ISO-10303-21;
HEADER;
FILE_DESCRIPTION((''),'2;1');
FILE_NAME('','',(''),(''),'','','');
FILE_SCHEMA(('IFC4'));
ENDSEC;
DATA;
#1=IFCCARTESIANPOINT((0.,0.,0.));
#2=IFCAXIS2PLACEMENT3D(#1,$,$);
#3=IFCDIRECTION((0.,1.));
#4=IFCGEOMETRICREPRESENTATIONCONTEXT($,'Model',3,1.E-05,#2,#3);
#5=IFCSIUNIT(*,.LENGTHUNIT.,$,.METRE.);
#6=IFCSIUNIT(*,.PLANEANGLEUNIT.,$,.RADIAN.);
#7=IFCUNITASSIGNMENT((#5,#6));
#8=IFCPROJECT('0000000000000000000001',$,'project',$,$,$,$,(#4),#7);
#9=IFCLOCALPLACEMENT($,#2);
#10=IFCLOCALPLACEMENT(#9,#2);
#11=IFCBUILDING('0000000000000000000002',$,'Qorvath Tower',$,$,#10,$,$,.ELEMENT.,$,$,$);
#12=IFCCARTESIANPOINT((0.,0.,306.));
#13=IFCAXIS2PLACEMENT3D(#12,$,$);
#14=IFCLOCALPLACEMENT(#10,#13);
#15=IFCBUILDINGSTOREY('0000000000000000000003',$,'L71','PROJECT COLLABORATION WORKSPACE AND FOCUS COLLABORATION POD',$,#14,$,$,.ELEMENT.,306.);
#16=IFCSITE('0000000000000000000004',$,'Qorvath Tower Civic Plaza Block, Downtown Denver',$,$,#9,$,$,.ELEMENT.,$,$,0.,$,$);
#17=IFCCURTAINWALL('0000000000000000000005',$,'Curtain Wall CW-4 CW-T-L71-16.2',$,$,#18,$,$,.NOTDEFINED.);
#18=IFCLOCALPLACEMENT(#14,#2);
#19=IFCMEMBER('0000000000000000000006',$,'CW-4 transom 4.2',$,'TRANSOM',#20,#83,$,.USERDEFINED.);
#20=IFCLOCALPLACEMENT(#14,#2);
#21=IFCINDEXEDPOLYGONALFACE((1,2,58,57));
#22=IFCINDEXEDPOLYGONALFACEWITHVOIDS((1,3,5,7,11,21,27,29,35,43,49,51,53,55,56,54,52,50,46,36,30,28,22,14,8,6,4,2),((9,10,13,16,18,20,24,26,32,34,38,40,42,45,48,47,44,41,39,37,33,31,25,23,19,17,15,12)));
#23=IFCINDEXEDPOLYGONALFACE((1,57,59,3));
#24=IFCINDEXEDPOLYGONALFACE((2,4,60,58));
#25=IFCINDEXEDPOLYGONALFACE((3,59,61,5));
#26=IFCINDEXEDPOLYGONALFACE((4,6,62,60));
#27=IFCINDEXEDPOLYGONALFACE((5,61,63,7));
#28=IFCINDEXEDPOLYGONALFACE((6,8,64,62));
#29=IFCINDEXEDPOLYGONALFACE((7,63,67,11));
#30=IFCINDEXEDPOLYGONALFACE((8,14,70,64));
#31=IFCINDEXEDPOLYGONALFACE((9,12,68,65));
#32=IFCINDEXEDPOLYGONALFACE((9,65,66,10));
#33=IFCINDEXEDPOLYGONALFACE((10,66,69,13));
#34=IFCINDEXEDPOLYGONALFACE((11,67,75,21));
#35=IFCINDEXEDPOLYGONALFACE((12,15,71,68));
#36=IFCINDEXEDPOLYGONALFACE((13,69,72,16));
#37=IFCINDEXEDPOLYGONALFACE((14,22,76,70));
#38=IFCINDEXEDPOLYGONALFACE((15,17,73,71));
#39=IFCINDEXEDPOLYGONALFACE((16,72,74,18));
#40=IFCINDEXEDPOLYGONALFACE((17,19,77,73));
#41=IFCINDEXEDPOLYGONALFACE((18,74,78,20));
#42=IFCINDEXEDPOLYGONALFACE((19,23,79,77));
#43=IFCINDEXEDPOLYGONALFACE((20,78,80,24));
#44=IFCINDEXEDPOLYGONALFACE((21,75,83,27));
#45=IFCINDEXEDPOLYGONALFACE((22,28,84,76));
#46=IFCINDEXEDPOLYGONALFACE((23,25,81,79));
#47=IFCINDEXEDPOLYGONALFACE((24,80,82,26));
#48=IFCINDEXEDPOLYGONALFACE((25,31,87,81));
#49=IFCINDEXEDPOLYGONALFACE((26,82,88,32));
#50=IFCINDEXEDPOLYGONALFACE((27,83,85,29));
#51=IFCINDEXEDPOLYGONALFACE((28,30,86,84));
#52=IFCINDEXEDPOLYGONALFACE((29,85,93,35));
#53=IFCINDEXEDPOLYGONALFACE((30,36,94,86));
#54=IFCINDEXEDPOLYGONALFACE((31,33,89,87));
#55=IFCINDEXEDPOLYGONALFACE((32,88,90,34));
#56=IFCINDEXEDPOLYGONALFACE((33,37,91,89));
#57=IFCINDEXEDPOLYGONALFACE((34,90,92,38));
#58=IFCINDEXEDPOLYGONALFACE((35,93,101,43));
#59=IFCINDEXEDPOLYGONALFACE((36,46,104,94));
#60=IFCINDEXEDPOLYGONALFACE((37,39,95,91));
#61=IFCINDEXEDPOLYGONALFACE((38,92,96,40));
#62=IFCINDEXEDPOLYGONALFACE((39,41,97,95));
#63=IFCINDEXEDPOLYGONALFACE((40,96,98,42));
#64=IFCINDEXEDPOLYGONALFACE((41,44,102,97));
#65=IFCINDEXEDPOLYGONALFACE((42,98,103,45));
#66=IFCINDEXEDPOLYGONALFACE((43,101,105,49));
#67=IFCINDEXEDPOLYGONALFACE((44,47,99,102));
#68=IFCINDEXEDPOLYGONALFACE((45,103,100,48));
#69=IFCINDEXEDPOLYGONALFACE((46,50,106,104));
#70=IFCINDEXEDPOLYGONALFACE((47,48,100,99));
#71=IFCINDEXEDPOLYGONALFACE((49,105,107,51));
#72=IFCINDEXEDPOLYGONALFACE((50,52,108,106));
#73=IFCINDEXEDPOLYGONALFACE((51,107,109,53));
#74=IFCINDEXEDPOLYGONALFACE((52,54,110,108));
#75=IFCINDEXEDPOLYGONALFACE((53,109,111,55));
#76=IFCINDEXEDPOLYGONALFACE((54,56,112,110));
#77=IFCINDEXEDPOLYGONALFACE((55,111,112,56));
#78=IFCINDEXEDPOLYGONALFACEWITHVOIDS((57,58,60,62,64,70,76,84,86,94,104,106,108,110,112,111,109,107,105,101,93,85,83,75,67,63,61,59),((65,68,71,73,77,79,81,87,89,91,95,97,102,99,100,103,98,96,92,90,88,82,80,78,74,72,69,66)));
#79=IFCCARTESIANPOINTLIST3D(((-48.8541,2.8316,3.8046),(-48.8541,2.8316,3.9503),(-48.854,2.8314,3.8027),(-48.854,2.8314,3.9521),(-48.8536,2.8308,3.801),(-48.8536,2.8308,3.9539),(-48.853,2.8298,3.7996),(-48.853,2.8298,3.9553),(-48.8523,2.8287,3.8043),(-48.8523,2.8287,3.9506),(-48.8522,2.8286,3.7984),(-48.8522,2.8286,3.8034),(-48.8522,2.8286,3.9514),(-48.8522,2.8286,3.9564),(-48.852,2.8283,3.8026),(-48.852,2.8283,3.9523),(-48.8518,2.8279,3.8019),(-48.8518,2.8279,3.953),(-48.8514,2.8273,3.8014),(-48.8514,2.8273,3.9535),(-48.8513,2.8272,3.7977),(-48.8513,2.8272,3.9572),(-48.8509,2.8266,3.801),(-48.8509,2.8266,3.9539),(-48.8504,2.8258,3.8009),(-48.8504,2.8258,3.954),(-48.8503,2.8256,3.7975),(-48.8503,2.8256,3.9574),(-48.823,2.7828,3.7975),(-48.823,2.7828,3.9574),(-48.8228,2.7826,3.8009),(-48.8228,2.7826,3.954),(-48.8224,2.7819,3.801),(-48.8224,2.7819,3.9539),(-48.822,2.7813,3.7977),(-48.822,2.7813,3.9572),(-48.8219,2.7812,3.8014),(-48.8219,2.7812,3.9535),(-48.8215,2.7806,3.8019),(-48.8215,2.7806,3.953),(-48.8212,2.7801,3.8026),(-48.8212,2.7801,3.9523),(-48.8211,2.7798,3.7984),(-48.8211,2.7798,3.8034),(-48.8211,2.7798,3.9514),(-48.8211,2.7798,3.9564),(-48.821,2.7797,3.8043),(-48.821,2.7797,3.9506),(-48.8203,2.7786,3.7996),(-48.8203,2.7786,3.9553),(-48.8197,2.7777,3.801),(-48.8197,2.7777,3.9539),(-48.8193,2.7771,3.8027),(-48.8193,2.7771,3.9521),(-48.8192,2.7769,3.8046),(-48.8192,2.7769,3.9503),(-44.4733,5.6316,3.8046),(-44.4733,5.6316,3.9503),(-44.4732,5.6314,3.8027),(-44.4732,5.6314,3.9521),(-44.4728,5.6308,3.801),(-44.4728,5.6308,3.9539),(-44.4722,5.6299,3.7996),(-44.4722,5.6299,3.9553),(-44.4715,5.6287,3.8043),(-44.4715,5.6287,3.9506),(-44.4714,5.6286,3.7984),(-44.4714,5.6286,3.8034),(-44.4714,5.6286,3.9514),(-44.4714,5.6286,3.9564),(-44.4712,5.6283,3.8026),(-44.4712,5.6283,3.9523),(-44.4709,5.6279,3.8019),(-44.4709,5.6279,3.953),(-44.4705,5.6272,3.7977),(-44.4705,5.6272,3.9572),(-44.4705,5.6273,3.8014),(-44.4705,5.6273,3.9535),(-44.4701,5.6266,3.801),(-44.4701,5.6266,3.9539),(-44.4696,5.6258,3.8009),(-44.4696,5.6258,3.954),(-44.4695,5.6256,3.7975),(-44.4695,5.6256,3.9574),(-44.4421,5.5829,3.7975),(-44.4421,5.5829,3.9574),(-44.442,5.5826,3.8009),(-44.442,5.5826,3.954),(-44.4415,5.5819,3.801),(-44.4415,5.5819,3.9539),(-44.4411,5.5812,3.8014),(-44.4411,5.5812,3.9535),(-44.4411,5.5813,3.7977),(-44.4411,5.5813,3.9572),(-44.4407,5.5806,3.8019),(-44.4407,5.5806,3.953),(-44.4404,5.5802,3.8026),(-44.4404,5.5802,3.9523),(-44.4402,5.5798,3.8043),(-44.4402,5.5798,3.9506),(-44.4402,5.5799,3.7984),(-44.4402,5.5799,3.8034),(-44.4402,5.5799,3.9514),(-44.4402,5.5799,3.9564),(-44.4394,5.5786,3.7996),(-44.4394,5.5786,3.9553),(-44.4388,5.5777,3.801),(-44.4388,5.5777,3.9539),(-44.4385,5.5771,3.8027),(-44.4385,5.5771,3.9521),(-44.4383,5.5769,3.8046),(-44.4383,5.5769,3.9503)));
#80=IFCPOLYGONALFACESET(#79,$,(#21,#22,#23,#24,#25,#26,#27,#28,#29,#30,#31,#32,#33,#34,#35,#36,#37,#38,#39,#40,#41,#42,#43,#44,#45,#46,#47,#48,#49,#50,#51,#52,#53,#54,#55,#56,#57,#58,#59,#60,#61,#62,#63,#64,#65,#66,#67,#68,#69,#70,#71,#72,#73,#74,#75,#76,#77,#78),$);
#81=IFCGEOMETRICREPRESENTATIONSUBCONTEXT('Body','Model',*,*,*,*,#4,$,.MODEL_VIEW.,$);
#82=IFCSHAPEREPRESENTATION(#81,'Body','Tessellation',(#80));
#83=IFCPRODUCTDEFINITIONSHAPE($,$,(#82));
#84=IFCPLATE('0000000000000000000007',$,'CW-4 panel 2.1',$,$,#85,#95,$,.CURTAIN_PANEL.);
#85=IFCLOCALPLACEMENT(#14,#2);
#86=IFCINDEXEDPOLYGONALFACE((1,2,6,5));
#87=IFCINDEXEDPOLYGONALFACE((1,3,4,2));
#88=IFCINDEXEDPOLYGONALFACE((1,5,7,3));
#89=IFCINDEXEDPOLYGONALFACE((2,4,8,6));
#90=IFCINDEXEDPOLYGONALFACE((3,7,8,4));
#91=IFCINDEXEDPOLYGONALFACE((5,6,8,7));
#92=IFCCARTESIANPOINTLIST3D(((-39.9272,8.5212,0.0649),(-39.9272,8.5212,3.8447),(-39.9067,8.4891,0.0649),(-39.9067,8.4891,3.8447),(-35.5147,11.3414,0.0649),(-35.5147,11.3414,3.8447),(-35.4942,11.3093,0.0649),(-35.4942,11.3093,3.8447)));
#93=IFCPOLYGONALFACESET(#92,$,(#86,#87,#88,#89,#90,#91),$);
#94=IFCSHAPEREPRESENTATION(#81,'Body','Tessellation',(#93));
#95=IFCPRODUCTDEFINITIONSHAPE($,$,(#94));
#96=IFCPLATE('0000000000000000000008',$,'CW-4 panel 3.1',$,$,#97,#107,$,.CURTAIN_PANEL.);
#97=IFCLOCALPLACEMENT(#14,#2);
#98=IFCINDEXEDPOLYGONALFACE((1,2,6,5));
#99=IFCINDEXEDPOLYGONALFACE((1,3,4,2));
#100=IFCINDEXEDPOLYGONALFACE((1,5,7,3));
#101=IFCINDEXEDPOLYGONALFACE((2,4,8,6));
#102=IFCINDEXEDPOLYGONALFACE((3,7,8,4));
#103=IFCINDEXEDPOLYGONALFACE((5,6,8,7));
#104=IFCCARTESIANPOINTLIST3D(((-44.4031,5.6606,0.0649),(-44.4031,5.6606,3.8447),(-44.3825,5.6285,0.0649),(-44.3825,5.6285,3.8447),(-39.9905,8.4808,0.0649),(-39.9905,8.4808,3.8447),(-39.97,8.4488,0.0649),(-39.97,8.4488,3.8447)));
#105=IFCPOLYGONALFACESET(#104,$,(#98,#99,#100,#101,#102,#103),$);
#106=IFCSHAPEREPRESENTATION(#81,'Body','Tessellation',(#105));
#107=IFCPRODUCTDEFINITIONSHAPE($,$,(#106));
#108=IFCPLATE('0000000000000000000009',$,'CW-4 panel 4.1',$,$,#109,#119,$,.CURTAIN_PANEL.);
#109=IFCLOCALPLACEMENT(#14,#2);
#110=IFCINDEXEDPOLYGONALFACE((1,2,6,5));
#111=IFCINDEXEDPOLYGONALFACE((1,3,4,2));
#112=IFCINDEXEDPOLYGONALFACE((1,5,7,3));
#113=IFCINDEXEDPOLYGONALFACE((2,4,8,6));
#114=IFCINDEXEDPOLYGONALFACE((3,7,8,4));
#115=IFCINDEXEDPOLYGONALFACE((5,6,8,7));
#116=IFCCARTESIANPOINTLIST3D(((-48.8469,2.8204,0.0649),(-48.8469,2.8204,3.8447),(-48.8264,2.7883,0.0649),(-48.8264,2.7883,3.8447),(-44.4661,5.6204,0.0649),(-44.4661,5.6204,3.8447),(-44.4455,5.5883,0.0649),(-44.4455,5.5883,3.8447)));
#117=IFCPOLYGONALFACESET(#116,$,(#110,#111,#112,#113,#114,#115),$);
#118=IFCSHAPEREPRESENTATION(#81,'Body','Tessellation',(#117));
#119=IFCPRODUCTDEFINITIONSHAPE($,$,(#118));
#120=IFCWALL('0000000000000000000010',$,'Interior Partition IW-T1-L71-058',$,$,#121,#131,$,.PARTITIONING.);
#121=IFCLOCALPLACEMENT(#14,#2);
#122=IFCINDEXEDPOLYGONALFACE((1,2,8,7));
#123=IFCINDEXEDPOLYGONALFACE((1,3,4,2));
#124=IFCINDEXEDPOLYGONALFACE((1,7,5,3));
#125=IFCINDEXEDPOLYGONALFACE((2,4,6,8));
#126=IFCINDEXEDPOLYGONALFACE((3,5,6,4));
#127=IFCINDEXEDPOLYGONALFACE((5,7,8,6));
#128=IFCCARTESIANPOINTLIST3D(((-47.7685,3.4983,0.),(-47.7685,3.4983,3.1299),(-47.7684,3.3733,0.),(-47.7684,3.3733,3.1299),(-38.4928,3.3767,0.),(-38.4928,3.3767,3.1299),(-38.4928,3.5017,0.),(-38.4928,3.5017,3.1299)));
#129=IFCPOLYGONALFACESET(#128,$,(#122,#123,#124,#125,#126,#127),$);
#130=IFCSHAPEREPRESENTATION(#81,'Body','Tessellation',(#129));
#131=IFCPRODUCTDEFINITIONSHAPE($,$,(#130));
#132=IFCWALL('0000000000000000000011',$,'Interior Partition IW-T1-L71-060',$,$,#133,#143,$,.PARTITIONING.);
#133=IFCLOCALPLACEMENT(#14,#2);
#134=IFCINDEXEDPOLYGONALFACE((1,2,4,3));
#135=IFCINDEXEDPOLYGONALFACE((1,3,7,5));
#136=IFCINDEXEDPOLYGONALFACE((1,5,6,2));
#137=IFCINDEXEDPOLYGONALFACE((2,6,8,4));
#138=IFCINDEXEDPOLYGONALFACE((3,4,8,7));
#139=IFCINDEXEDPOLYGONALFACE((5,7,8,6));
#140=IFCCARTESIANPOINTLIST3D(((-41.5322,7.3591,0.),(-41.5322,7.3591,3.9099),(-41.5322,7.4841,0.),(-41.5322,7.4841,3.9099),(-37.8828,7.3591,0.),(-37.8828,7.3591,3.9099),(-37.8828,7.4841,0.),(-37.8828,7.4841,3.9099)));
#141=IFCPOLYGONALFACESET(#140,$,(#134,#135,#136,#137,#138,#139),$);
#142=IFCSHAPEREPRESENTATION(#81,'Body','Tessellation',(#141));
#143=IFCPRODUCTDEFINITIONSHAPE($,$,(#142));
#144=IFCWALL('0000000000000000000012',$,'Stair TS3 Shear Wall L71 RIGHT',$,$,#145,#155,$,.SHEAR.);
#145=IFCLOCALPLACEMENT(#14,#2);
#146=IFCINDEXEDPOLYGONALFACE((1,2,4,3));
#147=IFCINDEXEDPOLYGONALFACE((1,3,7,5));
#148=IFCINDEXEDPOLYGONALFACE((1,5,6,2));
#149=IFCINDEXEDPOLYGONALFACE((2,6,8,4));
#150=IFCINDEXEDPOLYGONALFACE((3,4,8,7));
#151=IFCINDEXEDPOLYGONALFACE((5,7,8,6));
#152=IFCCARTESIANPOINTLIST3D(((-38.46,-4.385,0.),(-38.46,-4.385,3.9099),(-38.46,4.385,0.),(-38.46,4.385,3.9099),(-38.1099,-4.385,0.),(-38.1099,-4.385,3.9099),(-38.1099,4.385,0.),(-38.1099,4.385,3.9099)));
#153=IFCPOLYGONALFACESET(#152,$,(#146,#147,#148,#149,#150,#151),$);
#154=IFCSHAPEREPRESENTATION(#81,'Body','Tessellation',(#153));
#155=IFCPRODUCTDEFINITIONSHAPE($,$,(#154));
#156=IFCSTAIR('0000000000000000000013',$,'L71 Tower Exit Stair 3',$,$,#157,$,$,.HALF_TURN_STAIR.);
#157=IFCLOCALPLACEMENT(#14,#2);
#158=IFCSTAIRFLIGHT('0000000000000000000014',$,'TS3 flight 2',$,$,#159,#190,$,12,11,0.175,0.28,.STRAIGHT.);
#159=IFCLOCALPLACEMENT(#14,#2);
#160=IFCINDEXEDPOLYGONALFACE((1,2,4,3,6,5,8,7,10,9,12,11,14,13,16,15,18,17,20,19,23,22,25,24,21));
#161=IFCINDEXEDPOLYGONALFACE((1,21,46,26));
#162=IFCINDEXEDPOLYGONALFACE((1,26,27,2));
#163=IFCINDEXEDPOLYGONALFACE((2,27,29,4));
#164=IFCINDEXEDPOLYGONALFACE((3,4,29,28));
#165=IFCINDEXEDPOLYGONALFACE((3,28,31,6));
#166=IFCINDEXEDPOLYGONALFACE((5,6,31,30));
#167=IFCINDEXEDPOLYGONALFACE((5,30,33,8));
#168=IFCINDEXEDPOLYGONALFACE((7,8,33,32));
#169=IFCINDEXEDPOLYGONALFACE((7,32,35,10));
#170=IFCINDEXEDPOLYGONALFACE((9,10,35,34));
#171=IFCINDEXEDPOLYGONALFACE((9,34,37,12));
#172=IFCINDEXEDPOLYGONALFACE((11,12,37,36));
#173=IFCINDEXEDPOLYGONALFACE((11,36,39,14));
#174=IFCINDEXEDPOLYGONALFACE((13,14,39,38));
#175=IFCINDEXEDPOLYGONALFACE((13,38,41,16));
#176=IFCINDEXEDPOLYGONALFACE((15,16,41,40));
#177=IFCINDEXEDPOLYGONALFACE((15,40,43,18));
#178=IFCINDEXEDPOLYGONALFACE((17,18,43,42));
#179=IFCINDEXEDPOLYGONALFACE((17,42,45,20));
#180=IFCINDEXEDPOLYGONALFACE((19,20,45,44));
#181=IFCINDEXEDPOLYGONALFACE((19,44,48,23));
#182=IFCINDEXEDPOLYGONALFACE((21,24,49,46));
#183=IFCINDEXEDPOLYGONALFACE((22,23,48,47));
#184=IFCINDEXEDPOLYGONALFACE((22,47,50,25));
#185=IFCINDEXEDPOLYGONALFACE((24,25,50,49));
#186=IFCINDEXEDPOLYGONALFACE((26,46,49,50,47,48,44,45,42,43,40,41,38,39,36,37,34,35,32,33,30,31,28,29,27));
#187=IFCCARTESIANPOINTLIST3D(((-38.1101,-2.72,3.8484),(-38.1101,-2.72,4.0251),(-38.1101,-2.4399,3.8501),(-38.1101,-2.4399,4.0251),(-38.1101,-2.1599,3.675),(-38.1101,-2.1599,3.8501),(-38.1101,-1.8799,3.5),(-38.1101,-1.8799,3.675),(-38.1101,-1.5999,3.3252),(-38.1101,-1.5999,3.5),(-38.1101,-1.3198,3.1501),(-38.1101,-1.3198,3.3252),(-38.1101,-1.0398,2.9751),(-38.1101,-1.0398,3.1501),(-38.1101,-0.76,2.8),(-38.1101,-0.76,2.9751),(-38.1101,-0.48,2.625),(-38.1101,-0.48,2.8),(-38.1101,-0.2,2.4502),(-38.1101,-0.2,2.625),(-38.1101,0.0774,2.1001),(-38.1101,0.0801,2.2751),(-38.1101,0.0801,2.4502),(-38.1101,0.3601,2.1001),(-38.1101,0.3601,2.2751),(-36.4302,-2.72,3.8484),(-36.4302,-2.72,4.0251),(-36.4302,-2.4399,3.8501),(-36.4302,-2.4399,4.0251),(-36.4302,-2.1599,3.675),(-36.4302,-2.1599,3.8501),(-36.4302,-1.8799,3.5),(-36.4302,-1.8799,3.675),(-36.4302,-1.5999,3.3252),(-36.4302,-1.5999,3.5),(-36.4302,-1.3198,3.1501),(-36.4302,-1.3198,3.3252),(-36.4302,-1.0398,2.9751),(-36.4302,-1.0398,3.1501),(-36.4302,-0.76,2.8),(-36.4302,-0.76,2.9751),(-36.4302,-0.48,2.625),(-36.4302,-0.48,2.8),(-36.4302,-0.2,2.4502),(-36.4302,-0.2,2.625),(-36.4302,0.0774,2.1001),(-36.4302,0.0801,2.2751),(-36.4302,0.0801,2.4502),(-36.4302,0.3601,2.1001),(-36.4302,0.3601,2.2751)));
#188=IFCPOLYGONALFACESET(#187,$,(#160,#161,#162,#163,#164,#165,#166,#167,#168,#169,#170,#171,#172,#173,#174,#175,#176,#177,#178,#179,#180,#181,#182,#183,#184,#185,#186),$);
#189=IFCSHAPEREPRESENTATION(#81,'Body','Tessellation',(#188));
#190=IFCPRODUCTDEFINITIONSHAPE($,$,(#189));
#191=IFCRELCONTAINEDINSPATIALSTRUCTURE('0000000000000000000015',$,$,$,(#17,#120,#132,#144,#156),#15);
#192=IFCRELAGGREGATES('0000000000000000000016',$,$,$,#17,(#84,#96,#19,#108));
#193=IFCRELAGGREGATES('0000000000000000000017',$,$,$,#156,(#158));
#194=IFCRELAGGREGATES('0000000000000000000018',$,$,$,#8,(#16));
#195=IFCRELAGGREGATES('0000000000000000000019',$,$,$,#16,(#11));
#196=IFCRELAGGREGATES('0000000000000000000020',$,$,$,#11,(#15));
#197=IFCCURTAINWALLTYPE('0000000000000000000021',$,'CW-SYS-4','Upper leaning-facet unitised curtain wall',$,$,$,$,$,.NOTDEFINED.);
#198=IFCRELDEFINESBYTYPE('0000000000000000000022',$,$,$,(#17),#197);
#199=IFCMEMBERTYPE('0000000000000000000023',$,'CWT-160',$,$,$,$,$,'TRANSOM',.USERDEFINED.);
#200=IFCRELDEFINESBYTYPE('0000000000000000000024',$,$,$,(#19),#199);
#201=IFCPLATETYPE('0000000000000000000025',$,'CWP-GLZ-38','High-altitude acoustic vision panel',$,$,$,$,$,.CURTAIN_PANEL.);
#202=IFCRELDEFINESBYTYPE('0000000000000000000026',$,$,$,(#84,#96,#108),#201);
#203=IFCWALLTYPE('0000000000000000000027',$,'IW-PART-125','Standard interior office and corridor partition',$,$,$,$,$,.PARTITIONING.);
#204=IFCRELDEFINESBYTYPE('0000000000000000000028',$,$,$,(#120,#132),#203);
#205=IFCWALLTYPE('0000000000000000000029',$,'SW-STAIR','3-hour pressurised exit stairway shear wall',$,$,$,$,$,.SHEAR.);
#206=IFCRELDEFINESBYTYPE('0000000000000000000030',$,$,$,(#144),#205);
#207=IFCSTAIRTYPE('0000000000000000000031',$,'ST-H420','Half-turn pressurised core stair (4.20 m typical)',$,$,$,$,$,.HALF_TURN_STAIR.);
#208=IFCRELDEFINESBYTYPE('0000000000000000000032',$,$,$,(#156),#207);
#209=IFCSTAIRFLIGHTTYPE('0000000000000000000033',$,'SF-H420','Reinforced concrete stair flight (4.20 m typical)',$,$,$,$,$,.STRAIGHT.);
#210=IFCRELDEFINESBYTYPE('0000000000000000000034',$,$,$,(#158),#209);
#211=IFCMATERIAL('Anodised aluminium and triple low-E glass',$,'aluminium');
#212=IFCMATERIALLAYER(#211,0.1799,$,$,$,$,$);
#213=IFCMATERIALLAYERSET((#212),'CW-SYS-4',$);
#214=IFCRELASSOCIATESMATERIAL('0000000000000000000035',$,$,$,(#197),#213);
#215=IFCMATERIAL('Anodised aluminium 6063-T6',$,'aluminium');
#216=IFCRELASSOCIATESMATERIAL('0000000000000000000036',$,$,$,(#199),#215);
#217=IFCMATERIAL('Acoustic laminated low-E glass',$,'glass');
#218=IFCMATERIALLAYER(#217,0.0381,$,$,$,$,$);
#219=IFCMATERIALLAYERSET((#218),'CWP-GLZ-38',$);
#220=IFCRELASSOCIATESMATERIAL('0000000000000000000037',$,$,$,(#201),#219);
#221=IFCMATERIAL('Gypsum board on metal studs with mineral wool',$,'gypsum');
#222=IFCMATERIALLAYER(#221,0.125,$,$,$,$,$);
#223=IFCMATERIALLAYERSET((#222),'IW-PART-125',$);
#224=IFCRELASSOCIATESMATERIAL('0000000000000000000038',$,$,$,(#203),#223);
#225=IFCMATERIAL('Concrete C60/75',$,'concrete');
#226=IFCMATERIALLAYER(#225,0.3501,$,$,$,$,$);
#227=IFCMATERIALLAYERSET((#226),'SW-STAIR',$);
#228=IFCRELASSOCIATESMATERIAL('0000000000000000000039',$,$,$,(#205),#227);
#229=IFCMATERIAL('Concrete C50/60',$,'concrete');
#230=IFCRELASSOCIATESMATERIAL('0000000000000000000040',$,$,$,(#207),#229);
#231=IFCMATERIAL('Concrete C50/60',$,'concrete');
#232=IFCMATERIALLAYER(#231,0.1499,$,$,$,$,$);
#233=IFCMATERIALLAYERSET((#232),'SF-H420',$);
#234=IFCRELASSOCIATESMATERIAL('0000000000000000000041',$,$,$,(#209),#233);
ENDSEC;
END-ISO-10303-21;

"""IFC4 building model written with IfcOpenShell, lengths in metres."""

from ifc_helpers import new_model, si_unit, direction, frame, frame_2d, origin, origin_2d, place, context, subcontext, project, spatial, polyline, rectangle, hollow_rectangle, outline, extrude, material, layer, layer_set, material_profile, profile_set, type_object, element, aggregate, save


model = new_model("IFC4")

# Units and contexts
model_context = context("Model", 3, precision=1e-05, world=origin(), true_north=direction((0.0, 1.0)))
body_context = subcontext(model_context, "Body", "Model", "MODEL_VIEW")
ifc_project = project(units=[si_unit("LENGTHUNIT", "METRE"), si_unit("PLANEANGLEUNIT", "RADIAN")], contexts=[model_context])

# Site, building, storey
site_placement = place(None, origin())
site = spatial("IfcSite", under=ifc_project, at=site_placement, Name="Qorvath Tower Civic Plaza Block, Downtown Denver", CompositionType="ELEMENT", RefElevation=0.0)
building_placement = place(site_placement, origin())
building = spatial("IfcBuilding", under=site, at=building_placement, Name="Qorvath Tower", CompositionType="ELEMENT")
storey_placement = place(building_placement, frame((0.0, 0.0, 306.0)))
storey = spatial("IfcBuildingStorey", under=building, at=storey_placement, Name="L71", Description="PROJECT COLLABORATION WORKSPACE AND FOCUS COLLABORATION POD", CompositionType="ELEMENT", Elevation=306.0)

# Curtain wall, member, plates
ifc_material_1 = material(Name="Anodised aluminium and triple low-E glass", Category="aluminium")
ifc_layer_1 = layer(ifc_material_1, 0.1799)
ifc_layer_set_1 = layer_set([ifc_layer_1], Name="CW-SYS-4")
curtain_wall_type = type_object("IfcCurtainWallType", Name="CW-SYS-4", Description="Upper leaning-facet unitised curtain wall", PredefinedType="NOTDEFINED", material=ifc_layer_set_1)
curtain_wall_placement = place(storey_placement, origin())
curtain_wall = element("IfcCurtainWall", 1, at=curtain_wall_placement, inside=storey, type_object=curtain_wall_type, Name="Curtain Wall CW-4 CW-T-L71-16.2", PredefinedType="NOTDEFINED")
ifc_material_2 = material(Name="Anodised aluminium 6063-T6", Category="aluminium")
ifc_material_profile_1 = material_profile(ifc_material_2, hollow_rectangle(XDim=0.0649, YDim=0.1599, WallThickness=0.0034, InnerFilletRadius=0.0034, OuterFilletRadius=0.0071, at=origin_2d()), Name="CWT 160x65")
ifc_profile_set_1 = profile_set([ifc_material_profile_1], Name="Anodised aluminium 6063-T6")
member_type_1 = type_object("IfcMemberType", Name="CWT-160", ElementType="TRANSOM", PredefinedType="USERDEFINED", material=ifc_profile_set_1)
member_1_placement = place(storey_placement, frame((-44.4558, 5.6042, 3.8774), z_axis=(-0.842594, -0.538549, 0.0), x_axis=(0.538549, -0.842594, 0.0)))
member_1 = element("IfcMember", 2, at=member_1_placement, type_object=member_type_1, Name="CW-4 transom 4.2", ObjectType="TRANSOM", PredefinedType="USERDEFINED", context=body_context, shape_type="SweptSolid", body=[
    extrude(hollow_rectangle(XDim=0.0649, YDim=0.1599, WallThickness=0.0034, InnerFilletRadius=0.0034, OuterFilletRadius=0.0071, at=origin_2d()), origin(), (0.0, 0.0, 1.0), 5.1992),
])
ifc_material_3 = material(Name="Acoustic laminated low-E glass", Category="glass")
ifc_layer_2 = layer(ifc_material_3, 0.0381)
ifc_layer_set_2 = layer_set([ifc_layer_2], Name="CWP-GLZ-38")
plate_type = type_object("IfcPlateType", Name="CWP-GLZ-38", Description="High-altitude acoustic vision panel", PredefinedType="CURTAIN_PANEL", material=ifc_layer_set_2)
plate_1_placement = place(storey_placement, frame((-37.7107, 9.9153, 0.0649), z_axis=(0.0, 0.0, 1.0), x_axis=(-0.842602, -0.538537, 0.0)))
plate_1 = element("IfcPlate", 3, at=plate_1_placement, type_object=plate_type, Name="CW-4 panel 2.1", PredefinedType="CURTAIN_PANEL", context=body_context, shape_type="SweptSolid", body=[
    extrude(rectangle(XDim=5.2368, YDim=0.0381, at=origin_2d()), origin(), (0.0, 0.0, 1.0), 3.7798),
])
plate_2_placement = place(storey_placement, frame((-42.1865, 7.0547, 0.0649), z_axis=(0.0, 0.0, 1.0), x_axis=(-0.842602, -0.538537, 0.0)))
plate_2 = element("IfcPlate", 4, at=plate_2_placement, type_object=plate_type, Name="CW-4 panel 3.1", PredefinedType="CURTAIN_PANEL", context=body_context, shape_type="SweptSolid", body=[
    extrude(rectangle(XDim=5.2368, YDim=0.0381, at=origin_2d()), origin(), (0.0, 0.0, 1.0), 3.7798),
])
plate_3_placement = place(storey_placement, frame((-46.6462, 4.2043, 0.0649), z_axis=(0.0, 0.0, 1.0), x_axis=(-0.842602, -0.538537, 0.0)))
plate_3 = element("IfcPlate", 5, at=plate_3_placement, type_object=plate_type, Name="CW-4 panel 4.1", PredefinedType="CURTAIN_PANEL", context=body_context, shape_type="SweptSolid", body=[
    extrude(rectangle(XDim=5.1992, YDim=0.0381, at=origin_2d()), origin(), (0.0, 0.0, 1.0), 3.7798),
])
aggregate(curtain_wall, [plate_1, plate_2, member_1, plate_3])

# Wall
ifc_material_4 = material(Name="Gypsum board on metal studs with mineral wool", Category="gypsum")
ifc_layer_3 = layer(ifc_material_4, 0.125)
ifc_layer_set_3 = layer_set([ifc_layer_3], Name="IW-PART-125")
wall_type_1 = type_object("IfcWallType", Name="IW-PART-125", Description="Standard interior office and corridor partition", PredefinedType="PARTITIONING", material=ifc_layer_set_3)
wall_1_placement = place(storey_placement, frame((-38.4929, 3.4392, 0.0), z_axis=(0.0, 0.0, 1.0), x_axis=(-1.0, -0.000368, 0.0)))
element("IfcWall", 6, at=wall_1_placement, inside=storey, type_object=wall_type_1, Name="Interior Partition IW-T1-L71-058", PredefinedType="PARTITIONING", context=body_context, shape_type="SweptSolid", body=[
    extrude(rectangle(XDim=9.2756, YDim=0.125, at=frame_2d((4.6377, 0.0))), origin(), (0.0, 0.0, 1.0), 3.1299),
])

# Walls
wall_2_placement = place(storey_placement, frame((-37.8828, 7.4216, 0.0), z_axis=(0.0, 0.0, 1.0), x_axis=(-1.0, 0.0, 0.0)))
element("IfcWall", 7, at=wall_2_placement, inside=storey, type_object=wall_type_1, Name="Interior Partition IW-T1-L71-060", PredefinedType="PARTITIONING", context=body_context, shape_type="SweptSolid", body=[
    extrude(rectangle(XDim=3.6494, YDim=0.125, at=frame_2d((1.8247, 0.0))), origin(), (0.0, 0.0, 1.0), 3.9099),
])
ifc_material_5 = material(Name="Concrete C60/75", Category="concrete")
ifc_layer_4 = layer(ifc_material_5, 0.3501)
ifc_layer_set_4 = layer_set([ifc_layer_4], Name="SW-STAIR")
wall_type_2 = type_object("IfcWallType", Name="SW-STAIR", Description="3-hour pressurised exit stairway shear wall", PredefinedType="SHEAR", material=ifc_layer_set_4)
wall_3_placement = place(storey_placement, frame((-38.2849, 4.385, 0.0), z_axis=(0.0, 0.0, 1.0), x_axis=(0.0, -1.0, 0.0)))
element("IfcWall", 8, at=wall_3_placement, inside=storey, type_object=wall_type_2, Name="Stair TS3 Shear Wall L71 RIGHT", PredefinedType="SHEAR", context=body_context, shape_type="SweptSolid", body=[
    extrude(rectangle(XDim=8.77, YDim=0.3501, at=frame_2d((4.385, 0.0))), origin(), (0.0, 0.0, 1.0), 3.9099),
])

# Stair, stair flight
ifc_material_6 = material(Name="Concrete C50/60", Category="concrete")
stair_type = type_object("IfcStairType", Name="ST-H420", Description="Half-turn pressurised core stair (4.20 m typical)", PredefinedType="HALF_TURN_STAIR", material=ifc_material_6)
stair_placement = place(storey_placement, origin())
stair = element("IfcStair", 9, at=stair_placement, inside=storey, type_object=stair_type, Name="L71 Tower Exit Stair 3", PredefinedType="HALF_TURN_STAIR")
ifc_material_7 = material(Name="Concrete C50/60", Category="concrete")
ifc_layer_5 = layer(ifc_material_7, 0.1499)
ifc_layer_set_5 = layer_set([ifc_layer_5], Name="SF-H420")
stair_flight_type = type_object("IfcStairFlightType", Name="SF-H420", Description="Reinforced concrete stair flight (4.20 m typical)", PredefinedType="STRAIGHT", material=ifc_layer_set_5)
stair_flight_placement = place(storey_placement, frame((-37.27, 0.3601, 2.1001), z_axis=(0.0, 0.0, 1.0), x_axis=(0.0, -1.0, 0.0)))
stair_flight = element("IfcStairFlight", 10, at=stair_flight_placement, type_object=stair_flight_type, Name="TS3 flight 2", NumberOfRisers=12, NumberOfTreads=11, PredefinedType="STRAIGHT", RiserHeight=0.175, TreadLength=0.28, context=body_context, shape_type="SweptSolid", body=[
    extrude(outline(polyline([(0.0, 0.0), (0.0, 0.175), (0.28, 0.175), (0.28, 0.3501), (0.5601, 0.3501), (0.5601, 0.5249), (0.8401, 0.5249), (0.8401, 0.7), (1.1201, 0.7), (1.1201, 0.875), (1.3999, 0.875), (1.3999, 1.05), (1.6799, 1.05), (1.6799, 1.2251), (1.96, 1.2251), (1.96, 1.3999), (2.24, 1.3999), (2.24, 1.575), (2.52, 1.575), (2.52, 1.75), (2.8, 1.75), (2.8, 1.925), (3.0801, 1.925), (3.0801, 2.1001), (3.0801, 1.7483), (0.2827, 0.0), (0.0, 0.0)])), frame((0.0, 0.8398, 0.0), z_axis=(0.0, -1.0, 0.0), x_axis=(1.0, 0.0, 0.0)), (0.0, 0.0, 1.0), 1.6799),
])
aggregate(stair, [stair_flight])

save(model, "model.ifc")
